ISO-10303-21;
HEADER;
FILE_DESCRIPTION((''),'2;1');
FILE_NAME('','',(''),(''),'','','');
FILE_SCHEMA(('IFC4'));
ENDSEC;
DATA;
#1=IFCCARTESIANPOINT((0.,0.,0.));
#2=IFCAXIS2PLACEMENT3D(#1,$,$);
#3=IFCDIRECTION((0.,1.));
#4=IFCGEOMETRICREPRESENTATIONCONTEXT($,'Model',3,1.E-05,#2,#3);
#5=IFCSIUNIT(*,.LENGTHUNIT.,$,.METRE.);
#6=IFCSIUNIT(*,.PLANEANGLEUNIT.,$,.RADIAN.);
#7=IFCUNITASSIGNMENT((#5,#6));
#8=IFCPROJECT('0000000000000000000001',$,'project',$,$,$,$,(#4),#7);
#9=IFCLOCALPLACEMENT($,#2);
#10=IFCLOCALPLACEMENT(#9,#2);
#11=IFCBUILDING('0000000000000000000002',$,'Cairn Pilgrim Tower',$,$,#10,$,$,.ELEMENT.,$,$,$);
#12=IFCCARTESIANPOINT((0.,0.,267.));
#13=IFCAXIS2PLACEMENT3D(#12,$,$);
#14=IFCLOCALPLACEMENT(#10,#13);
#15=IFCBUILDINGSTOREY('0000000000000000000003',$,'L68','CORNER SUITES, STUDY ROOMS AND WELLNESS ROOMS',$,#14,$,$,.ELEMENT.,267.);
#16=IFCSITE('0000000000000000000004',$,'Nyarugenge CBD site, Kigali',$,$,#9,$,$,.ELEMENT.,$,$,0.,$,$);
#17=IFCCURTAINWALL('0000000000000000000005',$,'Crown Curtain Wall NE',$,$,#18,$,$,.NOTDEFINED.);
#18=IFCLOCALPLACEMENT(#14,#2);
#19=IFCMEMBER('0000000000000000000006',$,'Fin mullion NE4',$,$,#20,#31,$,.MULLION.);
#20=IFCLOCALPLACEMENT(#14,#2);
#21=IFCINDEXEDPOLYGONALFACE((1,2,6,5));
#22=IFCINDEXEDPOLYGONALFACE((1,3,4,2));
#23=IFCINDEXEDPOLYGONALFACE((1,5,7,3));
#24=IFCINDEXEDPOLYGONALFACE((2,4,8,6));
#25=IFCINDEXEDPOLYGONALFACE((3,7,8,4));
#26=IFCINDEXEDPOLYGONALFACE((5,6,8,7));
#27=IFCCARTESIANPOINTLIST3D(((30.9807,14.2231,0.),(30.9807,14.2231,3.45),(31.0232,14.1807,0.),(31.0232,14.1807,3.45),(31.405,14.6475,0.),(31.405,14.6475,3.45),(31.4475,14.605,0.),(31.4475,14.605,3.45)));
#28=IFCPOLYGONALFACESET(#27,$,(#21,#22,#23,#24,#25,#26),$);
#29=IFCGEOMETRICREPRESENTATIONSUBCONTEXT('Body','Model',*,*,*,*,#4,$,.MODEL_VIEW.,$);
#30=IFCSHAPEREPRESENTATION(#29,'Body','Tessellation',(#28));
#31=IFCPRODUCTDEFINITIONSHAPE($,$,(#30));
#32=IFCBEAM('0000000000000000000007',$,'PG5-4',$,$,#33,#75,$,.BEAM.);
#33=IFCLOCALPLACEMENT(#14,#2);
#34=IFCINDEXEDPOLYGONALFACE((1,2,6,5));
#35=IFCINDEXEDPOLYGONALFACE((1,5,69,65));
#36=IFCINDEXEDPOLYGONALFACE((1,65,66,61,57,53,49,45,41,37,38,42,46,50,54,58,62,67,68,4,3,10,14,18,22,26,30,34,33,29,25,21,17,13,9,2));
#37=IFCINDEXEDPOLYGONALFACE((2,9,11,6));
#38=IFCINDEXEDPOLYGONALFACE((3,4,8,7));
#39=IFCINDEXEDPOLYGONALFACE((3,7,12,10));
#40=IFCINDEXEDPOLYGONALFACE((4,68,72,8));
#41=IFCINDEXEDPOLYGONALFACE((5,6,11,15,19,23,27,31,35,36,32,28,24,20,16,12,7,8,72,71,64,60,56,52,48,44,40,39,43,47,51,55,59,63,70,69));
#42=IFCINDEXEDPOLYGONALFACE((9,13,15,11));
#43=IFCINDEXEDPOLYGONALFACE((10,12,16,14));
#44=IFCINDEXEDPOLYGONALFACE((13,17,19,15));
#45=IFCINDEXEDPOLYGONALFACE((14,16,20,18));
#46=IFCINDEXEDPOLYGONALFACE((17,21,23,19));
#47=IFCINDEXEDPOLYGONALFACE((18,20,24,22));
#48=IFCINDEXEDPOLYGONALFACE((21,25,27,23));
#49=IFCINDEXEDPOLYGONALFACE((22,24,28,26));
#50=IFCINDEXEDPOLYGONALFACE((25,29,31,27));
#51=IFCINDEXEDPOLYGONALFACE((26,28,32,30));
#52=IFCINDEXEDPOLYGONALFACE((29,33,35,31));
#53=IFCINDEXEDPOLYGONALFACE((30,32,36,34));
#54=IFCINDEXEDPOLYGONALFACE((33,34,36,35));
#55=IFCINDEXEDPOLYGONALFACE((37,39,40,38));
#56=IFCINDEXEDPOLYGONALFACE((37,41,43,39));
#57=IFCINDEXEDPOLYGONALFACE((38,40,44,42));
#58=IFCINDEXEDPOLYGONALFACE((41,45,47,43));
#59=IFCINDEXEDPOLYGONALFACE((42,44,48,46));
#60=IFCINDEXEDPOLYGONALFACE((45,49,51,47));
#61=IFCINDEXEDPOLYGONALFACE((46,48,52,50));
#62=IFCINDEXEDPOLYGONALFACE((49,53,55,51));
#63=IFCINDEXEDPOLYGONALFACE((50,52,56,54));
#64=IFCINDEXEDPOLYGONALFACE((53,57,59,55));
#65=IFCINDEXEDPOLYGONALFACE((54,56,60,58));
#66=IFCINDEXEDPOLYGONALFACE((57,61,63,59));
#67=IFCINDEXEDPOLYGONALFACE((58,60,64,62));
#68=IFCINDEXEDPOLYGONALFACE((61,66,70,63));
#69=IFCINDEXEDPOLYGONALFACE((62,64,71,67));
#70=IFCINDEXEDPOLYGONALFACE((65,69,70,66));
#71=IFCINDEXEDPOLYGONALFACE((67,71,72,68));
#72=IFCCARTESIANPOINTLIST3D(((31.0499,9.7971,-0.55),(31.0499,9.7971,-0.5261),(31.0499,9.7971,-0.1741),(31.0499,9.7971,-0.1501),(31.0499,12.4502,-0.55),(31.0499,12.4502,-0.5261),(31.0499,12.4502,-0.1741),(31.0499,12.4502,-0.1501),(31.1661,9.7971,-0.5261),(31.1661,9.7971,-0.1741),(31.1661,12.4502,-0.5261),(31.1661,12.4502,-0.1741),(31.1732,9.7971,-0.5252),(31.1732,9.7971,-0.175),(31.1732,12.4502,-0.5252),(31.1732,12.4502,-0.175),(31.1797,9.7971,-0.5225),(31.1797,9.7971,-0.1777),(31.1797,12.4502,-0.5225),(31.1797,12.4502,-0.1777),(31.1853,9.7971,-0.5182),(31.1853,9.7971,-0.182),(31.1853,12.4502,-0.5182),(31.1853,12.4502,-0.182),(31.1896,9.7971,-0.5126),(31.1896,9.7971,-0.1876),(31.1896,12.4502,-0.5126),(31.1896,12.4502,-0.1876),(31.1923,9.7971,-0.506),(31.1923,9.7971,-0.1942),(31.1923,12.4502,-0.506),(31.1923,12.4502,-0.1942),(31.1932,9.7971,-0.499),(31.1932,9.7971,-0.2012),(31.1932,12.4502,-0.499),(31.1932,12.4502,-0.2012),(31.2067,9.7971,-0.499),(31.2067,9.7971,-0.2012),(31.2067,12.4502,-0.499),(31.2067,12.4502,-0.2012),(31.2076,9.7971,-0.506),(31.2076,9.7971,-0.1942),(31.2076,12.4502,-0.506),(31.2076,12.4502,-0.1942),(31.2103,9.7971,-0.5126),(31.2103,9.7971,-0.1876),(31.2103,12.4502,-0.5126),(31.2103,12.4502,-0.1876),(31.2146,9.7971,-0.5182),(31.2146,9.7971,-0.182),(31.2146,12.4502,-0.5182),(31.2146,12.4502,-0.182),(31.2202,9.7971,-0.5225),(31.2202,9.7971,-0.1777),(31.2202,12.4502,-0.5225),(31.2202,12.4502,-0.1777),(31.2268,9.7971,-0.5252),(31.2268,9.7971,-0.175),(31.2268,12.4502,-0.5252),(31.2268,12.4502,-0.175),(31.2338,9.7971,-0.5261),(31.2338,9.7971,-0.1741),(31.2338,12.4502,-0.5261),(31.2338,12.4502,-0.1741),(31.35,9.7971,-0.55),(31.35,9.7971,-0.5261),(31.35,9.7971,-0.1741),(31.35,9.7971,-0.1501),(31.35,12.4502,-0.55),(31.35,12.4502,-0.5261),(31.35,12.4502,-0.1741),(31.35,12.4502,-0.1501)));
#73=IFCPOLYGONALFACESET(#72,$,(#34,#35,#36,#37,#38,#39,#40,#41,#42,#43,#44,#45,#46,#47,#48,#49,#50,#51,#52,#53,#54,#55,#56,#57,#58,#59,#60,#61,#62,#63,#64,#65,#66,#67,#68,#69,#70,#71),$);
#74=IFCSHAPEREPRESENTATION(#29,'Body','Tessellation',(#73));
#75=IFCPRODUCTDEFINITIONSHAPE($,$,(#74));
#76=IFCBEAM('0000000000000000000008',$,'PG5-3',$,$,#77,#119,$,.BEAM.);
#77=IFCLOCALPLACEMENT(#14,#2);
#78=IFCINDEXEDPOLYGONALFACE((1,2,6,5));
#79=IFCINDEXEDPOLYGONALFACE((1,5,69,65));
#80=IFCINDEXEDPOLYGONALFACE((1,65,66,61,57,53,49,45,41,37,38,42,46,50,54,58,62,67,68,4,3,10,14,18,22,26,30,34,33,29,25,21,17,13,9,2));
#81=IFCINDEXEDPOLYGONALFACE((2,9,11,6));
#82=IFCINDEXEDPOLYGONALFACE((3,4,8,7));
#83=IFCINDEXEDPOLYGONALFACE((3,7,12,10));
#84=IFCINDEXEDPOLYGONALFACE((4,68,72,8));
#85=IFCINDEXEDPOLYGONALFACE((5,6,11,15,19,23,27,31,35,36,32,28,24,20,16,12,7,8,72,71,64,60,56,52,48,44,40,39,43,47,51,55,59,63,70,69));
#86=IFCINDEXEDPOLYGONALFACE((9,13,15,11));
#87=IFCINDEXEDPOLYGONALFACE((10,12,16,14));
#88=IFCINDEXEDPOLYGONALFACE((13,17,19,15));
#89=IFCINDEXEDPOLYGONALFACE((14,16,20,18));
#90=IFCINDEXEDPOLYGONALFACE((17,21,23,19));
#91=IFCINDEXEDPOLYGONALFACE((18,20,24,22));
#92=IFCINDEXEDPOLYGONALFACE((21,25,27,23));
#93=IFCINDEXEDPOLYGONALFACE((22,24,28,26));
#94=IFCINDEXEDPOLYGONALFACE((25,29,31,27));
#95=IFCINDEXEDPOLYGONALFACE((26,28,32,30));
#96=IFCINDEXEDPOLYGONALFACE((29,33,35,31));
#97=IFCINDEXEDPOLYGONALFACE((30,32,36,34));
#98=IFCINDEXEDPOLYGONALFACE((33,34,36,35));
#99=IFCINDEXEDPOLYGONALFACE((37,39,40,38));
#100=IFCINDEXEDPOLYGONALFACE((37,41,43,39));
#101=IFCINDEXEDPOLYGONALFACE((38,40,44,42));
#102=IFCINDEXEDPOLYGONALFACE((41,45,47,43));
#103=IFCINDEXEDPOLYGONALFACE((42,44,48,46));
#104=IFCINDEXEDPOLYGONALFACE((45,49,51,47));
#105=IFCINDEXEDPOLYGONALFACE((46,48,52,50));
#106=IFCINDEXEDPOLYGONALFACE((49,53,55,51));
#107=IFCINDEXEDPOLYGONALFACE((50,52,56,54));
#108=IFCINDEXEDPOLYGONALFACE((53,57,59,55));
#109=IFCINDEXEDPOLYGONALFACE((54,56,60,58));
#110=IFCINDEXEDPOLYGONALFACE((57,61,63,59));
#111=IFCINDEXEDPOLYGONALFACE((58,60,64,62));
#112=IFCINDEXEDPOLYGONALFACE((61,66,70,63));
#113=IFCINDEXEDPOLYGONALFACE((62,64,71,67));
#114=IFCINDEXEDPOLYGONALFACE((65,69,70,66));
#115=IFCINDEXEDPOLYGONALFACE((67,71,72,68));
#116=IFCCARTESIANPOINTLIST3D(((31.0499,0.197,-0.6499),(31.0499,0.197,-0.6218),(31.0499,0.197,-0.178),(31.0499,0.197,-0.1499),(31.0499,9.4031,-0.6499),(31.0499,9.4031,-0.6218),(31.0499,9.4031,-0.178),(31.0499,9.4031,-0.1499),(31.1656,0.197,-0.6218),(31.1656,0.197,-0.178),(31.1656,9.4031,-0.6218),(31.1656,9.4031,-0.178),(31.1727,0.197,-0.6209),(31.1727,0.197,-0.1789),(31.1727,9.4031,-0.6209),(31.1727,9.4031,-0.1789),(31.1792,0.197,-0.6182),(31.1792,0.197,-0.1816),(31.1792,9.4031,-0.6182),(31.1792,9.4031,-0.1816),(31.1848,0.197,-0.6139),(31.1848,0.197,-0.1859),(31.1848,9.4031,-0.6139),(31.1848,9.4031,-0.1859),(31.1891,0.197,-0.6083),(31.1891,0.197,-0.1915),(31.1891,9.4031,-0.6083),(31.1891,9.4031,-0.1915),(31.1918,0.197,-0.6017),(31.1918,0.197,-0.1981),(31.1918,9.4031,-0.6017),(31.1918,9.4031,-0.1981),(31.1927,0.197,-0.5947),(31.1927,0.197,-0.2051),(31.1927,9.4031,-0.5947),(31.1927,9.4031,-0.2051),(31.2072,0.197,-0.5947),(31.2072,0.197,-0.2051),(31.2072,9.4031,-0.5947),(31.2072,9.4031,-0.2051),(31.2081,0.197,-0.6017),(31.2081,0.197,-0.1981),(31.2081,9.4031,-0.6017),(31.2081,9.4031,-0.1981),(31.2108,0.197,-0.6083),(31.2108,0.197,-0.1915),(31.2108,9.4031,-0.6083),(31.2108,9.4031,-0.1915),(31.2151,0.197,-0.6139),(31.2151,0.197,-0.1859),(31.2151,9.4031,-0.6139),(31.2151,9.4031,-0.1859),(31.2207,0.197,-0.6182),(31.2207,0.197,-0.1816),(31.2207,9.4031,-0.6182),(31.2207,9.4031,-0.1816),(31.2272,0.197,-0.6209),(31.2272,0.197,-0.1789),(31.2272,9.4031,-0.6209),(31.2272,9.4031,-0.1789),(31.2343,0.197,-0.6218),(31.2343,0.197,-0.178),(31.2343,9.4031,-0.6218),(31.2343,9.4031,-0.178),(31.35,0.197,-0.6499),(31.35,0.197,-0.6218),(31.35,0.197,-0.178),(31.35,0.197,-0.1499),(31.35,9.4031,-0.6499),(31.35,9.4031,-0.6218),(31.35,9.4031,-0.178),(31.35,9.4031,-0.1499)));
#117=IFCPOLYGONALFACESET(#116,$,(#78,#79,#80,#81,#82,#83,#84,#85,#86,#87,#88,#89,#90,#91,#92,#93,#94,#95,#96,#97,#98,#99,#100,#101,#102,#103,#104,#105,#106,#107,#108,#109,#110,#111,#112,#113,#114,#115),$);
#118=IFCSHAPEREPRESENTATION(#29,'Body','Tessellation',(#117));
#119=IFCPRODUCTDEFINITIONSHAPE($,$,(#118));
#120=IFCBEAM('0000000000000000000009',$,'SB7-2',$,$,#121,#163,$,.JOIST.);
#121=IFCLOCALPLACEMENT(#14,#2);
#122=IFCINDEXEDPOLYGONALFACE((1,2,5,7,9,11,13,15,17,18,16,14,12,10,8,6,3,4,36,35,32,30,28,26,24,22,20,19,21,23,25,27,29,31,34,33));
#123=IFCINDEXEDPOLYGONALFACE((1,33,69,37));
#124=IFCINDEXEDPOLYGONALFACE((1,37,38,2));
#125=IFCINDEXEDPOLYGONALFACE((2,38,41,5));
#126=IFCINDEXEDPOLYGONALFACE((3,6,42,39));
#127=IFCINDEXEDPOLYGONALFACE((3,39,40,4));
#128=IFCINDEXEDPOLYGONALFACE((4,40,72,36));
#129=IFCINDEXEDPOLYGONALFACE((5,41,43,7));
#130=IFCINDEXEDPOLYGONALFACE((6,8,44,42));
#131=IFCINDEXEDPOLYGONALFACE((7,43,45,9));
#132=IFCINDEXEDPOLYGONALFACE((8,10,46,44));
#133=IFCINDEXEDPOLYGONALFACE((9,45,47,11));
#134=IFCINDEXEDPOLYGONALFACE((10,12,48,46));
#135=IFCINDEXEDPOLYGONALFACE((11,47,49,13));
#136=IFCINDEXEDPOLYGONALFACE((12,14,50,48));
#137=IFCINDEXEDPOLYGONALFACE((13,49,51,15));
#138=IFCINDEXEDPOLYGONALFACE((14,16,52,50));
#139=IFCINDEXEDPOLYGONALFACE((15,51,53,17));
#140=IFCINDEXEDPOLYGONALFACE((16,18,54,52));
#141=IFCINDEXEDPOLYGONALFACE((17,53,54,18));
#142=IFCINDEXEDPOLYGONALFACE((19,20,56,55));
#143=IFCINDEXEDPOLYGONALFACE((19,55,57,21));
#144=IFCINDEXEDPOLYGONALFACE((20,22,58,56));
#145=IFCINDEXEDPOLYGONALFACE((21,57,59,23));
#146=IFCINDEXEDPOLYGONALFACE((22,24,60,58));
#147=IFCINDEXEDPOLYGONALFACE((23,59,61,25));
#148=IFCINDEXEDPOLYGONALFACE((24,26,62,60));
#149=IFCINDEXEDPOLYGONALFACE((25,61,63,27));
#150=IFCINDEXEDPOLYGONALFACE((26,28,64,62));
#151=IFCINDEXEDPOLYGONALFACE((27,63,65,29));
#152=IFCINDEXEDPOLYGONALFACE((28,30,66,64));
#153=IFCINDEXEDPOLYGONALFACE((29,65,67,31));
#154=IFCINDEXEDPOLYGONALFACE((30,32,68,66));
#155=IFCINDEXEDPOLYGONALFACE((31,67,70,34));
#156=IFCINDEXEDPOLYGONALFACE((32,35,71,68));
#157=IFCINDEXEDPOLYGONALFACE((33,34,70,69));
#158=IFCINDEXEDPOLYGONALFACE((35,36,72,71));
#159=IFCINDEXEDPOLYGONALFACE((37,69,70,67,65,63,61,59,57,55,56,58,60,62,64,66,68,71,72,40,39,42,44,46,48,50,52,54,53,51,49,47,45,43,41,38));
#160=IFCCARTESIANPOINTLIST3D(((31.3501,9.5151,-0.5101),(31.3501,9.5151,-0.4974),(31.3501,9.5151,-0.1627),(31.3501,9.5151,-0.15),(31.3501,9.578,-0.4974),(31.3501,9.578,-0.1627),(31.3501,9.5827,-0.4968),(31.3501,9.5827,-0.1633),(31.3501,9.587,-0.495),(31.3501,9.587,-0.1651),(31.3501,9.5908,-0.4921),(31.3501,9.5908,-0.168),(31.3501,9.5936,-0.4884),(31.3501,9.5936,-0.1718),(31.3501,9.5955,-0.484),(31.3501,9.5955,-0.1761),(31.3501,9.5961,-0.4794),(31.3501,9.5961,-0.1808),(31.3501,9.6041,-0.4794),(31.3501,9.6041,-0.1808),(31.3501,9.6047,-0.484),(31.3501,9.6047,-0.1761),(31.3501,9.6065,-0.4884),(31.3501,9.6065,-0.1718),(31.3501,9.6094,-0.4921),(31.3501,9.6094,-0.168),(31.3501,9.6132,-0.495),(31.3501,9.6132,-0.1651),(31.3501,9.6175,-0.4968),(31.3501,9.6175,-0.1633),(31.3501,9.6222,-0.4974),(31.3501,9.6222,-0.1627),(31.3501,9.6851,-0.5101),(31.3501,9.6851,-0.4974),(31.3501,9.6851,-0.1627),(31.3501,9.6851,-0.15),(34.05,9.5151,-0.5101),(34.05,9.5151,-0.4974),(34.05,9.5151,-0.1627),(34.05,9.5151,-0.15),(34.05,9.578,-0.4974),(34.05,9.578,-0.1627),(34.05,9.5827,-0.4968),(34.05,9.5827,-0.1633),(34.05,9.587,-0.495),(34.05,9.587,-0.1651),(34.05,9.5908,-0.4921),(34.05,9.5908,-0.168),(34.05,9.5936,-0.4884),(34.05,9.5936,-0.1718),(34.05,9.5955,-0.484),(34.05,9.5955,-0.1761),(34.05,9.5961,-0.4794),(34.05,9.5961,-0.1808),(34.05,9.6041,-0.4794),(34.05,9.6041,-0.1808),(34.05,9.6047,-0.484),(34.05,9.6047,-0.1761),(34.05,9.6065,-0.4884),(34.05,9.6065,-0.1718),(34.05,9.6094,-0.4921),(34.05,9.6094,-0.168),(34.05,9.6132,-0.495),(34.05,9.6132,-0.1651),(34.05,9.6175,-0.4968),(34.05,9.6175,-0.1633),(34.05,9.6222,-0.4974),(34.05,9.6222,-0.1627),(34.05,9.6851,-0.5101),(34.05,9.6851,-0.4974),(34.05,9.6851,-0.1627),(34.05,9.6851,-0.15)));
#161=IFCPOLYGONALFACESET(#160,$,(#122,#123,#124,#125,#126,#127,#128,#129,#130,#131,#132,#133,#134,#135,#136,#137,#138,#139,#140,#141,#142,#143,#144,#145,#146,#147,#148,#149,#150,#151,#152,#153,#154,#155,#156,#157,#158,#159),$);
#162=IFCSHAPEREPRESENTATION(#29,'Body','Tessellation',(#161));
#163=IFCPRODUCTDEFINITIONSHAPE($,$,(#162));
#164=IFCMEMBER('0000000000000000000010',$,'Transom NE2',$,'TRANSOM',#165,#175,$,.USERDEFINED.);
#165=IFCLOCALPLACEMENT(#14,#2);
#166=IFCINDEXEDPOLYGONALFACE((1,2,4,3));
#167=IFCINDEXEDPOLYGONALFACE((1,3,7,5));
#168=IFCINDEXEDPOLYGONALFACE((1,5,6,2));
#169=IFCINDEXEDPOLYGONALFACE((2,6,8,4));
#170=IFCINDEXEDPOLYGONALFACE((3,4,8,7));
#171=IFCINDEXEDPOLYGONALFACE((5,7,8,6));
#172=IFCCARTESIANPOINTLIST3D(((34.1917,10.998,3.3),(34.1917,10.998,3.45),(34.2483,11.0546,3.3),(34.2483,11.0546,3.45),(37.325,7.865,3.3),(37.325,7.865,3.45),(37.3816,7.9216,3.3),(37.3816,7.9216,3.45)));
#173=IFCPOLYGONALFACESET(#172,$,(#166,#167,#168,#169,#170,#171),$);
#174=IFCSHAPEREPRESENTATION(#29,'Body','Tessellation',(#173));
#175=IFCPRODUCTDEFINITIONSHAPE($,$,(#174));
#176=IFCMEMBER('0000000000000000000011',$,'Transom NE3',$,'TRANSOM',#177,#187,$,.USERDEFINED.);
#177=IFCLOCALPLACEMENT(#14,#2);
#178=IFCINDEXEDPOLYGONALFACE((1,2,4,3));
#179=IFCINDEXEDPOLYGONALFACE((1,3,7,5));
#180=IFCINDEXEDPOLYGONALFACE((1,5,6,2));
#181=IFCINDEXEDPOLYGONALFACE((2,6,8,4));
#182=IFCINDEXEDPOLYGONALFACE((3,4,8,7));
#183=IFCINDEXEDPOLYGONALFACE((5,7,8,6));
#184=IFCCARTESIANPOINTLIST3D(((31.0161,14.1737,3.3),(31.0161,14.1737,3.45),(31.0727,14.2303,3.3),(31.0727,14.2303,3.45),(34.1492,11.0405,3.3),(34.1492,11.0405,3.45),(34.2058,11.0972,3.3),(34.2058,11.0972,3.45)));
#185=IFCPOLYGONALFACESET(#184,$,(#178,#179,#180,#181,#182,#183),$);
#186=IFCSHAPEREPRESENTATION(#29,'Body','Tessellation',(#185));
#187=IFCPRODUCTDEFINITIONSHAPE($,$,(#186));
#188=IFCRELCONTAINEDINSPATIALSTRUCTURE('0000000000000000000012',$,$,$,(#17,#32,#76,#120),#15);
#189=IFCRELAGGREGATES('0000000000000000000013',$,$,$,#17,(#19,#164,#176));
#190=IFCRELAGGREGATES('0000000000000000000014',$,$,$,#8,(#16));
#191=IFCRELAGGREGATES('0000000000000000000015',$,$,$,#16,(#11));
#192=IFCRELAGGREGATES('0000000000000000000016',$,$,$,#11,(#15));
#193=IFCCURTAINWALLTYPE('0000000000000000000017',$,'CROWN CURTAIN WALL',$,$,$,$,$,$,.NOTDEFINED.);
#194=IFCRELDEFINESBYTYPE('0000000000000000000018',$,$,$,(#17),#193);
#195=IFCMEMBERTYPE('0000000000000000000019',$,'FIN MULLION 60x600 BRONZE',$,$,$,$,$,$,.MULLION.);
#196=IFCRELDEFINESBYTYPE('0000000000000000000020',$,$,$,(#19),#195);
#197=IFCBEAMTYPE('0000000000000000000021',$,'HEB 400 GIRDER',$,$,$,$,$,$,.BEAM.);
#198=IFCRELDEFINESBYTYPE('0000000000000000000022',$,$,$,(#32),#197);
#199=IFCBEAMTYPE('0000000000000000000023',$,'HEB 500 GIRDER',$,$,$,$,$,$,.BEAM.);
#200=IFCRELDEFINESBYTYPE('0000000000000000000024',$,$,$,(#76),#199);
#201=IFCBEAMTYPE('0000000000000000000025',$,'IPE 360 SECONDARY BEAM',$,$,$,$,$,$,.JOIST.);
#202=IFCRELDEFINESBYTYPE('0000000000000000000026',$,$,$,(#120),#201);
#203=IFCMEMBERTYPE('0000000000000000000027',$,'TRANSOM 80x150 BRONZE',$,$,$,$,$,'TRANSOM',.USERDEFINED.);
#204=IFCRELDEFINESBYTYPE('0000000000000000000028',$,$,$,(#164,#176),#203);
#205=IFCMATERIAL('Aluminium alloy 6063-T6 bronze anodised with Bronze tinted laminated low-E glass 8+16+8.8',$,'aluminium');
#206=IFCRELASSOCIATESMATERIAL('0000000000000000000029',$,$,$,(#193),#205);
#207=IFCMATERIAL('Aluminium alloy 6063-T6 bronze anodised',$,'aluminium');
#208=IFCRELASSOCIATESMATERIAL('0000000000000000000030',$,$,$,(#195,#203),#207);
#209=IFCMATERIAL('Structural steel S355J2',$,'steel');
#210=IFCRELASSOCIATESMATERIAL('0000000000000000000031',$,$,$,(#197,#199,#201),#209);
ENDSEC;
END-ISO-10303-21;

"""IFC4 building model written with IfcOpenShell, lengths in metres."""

from ifc_helpers import new_model, si_unit, direction, frame, origin, origin_2d, place, context, subcontext, project, spatial, rectangle, i_section, extrude, material, material_profile, profile_set, type_object, element, aggregate, save


model = new_model("IFC4")

# Units and contexts
model_context = context("Model", 3, precision=1e-05, world=origin(), true_north=direction((0.0, 1.0)))
body_context = subcontext(model_context, "Body", "Model", "MODEL_VIEW")
ifc_project = project(units=[si_unit("LENGTHUNIT", "METRE"), si_unit("PLANEANGLEUNIT", "RADIAN")], contexts=[model_context])

# Site, building, storey
site_placement = place(None, origin())
site = spatial("IfcSite", under=ifc_project, at=site_placement, Name="Nyarugenge CBD site, Kigali", CompositionType="ELEMENT", RefElevation=0.0)
building_placement = place(site_placement, origin())
building = spatial("IfcBuilding", under=site, at=building_placement, Name="Cairn Pilgrim Tower", CompositionType="ELEMENT")
storey_placement = place(building_placement, frame((0.0, 0.0, 267.0)))
storey = spatial("IfcBuildingStorey", under=building, at=storey_placement, Name="L68", Description="CORNER SUITES, STUDY ROOMS AND WELLNESS ROOMS", CompositionType="ELEMENT", Elevation=267.0)

# Shared definitions
ifc_material_1 = material(Name="Structural steel S355J2", Category="steel")

# Curtain wall, member
ifc_material_2 = material(Name="Aluminium alloy 6063-T6 bronze anodised with Bronze tinted laminated low-E glass 8+16+8.8", Category="aluminium")
curtain_wall_type = type_object("IfcCurtainWallType", Name="CROWN CURTAIN WALL", PredefinedType="NOTDEFINED", material=ifc_material_2)
curtain_wall_placement = place(storey_placement, origin())
curtain_wall = element("IfcCurtainWall", 1, at=curtain_wall_placement, inside=storey, type_object=curtain_wall_type, Name="Crown Curtain Wall NE", PredefinedType="NOTDEFINED")
ifc_material_3 = material(Name="Aluminium alloy 6063-T6 bronze anodised", Category="aluminium")
ifc_material_profile_1 = material_profile(ifc_material_3, rectangle(XDim=0.6001, YDim=0.0601, at=origin_2d()), Name="FIN MULLION 60x600 BRONZE")
ifc_profile_set_1 = profile_set([ifc_material_profile_1], Name="Aluminium alloy 6063-T6 bronze anodised")
member_type_1 = type_object("IfcMemberType", Name="FIN MULLION 60x600 BRONZE", PredefinedType="MULLION", material=ifc_profile_set_1)
member_1_placement = place(storey_placement, frame((31.2141, 14.4141, 0.0), z_axis=(0.0, 0.0, 1.0), x_axis=(0.707107, 0.707107, 0.0)))
member_1 = element("IfcMember", 2, at=member_1_placement, type_object=member_type_1, Name="Fin mullion NE4", PredefinedType="MULLION", context=body_context, shape_type="SweptSolid", body=[
    extrude(rectangle(XDim=0.6001, YDim=0.0601, at=origin_2d()), origin(), (0.0, 0.0, 1.0), 3.45),
])

# Beams
ifc_material_profile_2 = material_profile(ifc_material_1, i_section(OverallWidth=0.3, OverallDepth=0.3999, WebThickness=0.0134, FlangeThickness=0.0239, FilletRadius=0.0271, at=origin_2d()), Name="HEB 400")
ifc_profile_set_2 = profile_set([ifc_material_profile_2], Name="Structural steel S355J2")
beam_type_1 = type_object("IfcBeamType", Name="HEB 400 GIRDER", PredefinedType="BEAM", material=ifc_profile_set_2)
beam_1_placement = place(storey_placement, frame((31.2, 9.7971, -0.3501), z_axis=(0.0, 1.0, 0.0), x_axis=(-1.0, 0.0, 0.0)))
element("IfcBeam", 3, at=beam_1_placement, inside=storey, type_object=beam_type_1, Name="PG5-4", PredefinedType="BEAM", context=body_context, shape_type="SweptSolid", body=[
    extrude(i_section(OverallWidth=0.3, OverallDepth=0.3999, WebThickness=0.0134, FlangeThickness=0.0239, FilletRadius=0.0271, at=origin_2d()), origin(), (0.0, 0.0, 1.0), 2.6531),
])
ifc_material_profile_3 = material_profile(ifc_material_1, i_section(OverallWidth=0.3, OverallDepth=0.5, WebThickness=0.0144, FlangeThickness=0.0281, FilletRadius=0.0271, at=origin_2d()), Name="HEB 500")
ifc_profile_set_3 = profile_set([ifc_material_profile_3], Name="Structural steel S355J2")
beam_type_2 = type_object("IfcBeamType", Name="HEB 500 GIRDER", PredefinedType="BEAM", material=ifc_profile_set_3)
beam_2_placement = place(storey_placement, frame((31.2, 0.197, -0.3999), z_axis=(0.0, 1.0, 0.0), x_axis=(-1.0, 0.0, 0.0)))
element("IfcBeam", 4, at=beam_2_placement, inside=storey, type_object=beam_type_2, Name="PG5-3", PredefinedType="BEAM", context=body_context, shape_type="SweptSolid", body=[
    extrude(i_section(OverallWidth=0.3, OverallDepth=0.5, WebThickness=0.0144, FlangeThickness=0.0281, FilletRadius=0.0271, at=origin_2d()), origin(), (0.0, 0.0, 1.0), 9.2061),
])
ifc_material_profile_4 = material_profile(ifc_material_1, i_section(OverallWidth=0.1699, OverallDepth=0.3601, WebThickness=0.0081, FlangeThickness=0.0127, FilletRadius=0.0181, at=origin_2d()), Name="IPE 360")
ifc_profile_set_4 = profile_set([ifc_material_profile_4], Name="Structural steel S355J2")
beam_type_3 = type_object("IfcBeamType", Name="IPE 360 SECONDARY BEAM", PredefinedType="JOIST", material=ifc_profile_set_4)
beam_3_placement = place(storey_placement, frame((31.3501, 9.6001, -0.3301), z_axis=(1.0, 0.0, 0.0), x_axis=(0.0, 1.0, 0.0)))
element("IfcBeam", 5, at=beam_3_placement, inside=storey, type_object=beam_type_3, Name="SB7-2", PredefinedType="JOIST", context=body_context, shape_type="SweptSolid", body=[
    extrude(i_section(OverallWidth=0.1699, OverallDepth=0.3601, WebThickness=0.0081, FlangeThickness=0.0127, FilletRadius=0.0181, at=origin_2d()), origin(), (0.0, 0.0, 1.0), 2.7),
])

# Members
ifc_material_profile_5 = material_profile(ifc_material_3, rectangle(XDim=0.0801, YDim=0.1499, at=origin_2d()), Name="TRANSOM 80x150 BRONZE")
ifc_profile_set_5 = profile_set([ifc_material_profile_5], Name="Aluminium alloy 6063-T6 bronze anodised")
member_type_2 = type_object("IfcMemberType", Name="TRANSOM 80x150 BRONZE", ElementType="TRANSOM", PredefinedType="USERDEFINED", material=ifc_profile_set_5)
member_2_placement = place(storey_placement, frame((37.3533, 7.8933, 3.375), z_axis=(-0.707134, 0.707079, 0.0), x_axis=(-0.707079, -0.707134, 0.0)))
member_2 = element("IfcMember", 6, at=member_2_placement, type_object=member_type_2, Name="Transom NE2", ObjectType="TRANSOM", PredefinedType="USERDEFINED", context=body_context, shape_type="SweptSolid", body=[
    extrude(rectangle(XDim=0.0801, YDim=0.1499, at=origin_2d()), origin(), (0.0, 0.0, 1.0), 4.4309),
])
member_3_placement = place(storey_placement, frame((34.1775, 11.0688, 3.375), z_axis=(-0.707107, 0.707107, 0.0), x_axis=(-0.707107, -0.707107, 0.0)))
member_3 = element("IfcMember", 7, at=member_3_placement, type_object=member_type_2, Name="Transom NE3", ObjectType="TRANSOM", PredefinedType="USERDEFINED", context=body_context, shape_type="SweptSolid", body=[
    extrude(rectangle(XDim=0.0801, YDim=0.1499, at=origin_2d()), origin(), (0.0, 0.0, 1.0), 4.4309),
])

aggregate(curtain_wall, [member_1, member_2, member_3])

save(model, "model.ifc")
